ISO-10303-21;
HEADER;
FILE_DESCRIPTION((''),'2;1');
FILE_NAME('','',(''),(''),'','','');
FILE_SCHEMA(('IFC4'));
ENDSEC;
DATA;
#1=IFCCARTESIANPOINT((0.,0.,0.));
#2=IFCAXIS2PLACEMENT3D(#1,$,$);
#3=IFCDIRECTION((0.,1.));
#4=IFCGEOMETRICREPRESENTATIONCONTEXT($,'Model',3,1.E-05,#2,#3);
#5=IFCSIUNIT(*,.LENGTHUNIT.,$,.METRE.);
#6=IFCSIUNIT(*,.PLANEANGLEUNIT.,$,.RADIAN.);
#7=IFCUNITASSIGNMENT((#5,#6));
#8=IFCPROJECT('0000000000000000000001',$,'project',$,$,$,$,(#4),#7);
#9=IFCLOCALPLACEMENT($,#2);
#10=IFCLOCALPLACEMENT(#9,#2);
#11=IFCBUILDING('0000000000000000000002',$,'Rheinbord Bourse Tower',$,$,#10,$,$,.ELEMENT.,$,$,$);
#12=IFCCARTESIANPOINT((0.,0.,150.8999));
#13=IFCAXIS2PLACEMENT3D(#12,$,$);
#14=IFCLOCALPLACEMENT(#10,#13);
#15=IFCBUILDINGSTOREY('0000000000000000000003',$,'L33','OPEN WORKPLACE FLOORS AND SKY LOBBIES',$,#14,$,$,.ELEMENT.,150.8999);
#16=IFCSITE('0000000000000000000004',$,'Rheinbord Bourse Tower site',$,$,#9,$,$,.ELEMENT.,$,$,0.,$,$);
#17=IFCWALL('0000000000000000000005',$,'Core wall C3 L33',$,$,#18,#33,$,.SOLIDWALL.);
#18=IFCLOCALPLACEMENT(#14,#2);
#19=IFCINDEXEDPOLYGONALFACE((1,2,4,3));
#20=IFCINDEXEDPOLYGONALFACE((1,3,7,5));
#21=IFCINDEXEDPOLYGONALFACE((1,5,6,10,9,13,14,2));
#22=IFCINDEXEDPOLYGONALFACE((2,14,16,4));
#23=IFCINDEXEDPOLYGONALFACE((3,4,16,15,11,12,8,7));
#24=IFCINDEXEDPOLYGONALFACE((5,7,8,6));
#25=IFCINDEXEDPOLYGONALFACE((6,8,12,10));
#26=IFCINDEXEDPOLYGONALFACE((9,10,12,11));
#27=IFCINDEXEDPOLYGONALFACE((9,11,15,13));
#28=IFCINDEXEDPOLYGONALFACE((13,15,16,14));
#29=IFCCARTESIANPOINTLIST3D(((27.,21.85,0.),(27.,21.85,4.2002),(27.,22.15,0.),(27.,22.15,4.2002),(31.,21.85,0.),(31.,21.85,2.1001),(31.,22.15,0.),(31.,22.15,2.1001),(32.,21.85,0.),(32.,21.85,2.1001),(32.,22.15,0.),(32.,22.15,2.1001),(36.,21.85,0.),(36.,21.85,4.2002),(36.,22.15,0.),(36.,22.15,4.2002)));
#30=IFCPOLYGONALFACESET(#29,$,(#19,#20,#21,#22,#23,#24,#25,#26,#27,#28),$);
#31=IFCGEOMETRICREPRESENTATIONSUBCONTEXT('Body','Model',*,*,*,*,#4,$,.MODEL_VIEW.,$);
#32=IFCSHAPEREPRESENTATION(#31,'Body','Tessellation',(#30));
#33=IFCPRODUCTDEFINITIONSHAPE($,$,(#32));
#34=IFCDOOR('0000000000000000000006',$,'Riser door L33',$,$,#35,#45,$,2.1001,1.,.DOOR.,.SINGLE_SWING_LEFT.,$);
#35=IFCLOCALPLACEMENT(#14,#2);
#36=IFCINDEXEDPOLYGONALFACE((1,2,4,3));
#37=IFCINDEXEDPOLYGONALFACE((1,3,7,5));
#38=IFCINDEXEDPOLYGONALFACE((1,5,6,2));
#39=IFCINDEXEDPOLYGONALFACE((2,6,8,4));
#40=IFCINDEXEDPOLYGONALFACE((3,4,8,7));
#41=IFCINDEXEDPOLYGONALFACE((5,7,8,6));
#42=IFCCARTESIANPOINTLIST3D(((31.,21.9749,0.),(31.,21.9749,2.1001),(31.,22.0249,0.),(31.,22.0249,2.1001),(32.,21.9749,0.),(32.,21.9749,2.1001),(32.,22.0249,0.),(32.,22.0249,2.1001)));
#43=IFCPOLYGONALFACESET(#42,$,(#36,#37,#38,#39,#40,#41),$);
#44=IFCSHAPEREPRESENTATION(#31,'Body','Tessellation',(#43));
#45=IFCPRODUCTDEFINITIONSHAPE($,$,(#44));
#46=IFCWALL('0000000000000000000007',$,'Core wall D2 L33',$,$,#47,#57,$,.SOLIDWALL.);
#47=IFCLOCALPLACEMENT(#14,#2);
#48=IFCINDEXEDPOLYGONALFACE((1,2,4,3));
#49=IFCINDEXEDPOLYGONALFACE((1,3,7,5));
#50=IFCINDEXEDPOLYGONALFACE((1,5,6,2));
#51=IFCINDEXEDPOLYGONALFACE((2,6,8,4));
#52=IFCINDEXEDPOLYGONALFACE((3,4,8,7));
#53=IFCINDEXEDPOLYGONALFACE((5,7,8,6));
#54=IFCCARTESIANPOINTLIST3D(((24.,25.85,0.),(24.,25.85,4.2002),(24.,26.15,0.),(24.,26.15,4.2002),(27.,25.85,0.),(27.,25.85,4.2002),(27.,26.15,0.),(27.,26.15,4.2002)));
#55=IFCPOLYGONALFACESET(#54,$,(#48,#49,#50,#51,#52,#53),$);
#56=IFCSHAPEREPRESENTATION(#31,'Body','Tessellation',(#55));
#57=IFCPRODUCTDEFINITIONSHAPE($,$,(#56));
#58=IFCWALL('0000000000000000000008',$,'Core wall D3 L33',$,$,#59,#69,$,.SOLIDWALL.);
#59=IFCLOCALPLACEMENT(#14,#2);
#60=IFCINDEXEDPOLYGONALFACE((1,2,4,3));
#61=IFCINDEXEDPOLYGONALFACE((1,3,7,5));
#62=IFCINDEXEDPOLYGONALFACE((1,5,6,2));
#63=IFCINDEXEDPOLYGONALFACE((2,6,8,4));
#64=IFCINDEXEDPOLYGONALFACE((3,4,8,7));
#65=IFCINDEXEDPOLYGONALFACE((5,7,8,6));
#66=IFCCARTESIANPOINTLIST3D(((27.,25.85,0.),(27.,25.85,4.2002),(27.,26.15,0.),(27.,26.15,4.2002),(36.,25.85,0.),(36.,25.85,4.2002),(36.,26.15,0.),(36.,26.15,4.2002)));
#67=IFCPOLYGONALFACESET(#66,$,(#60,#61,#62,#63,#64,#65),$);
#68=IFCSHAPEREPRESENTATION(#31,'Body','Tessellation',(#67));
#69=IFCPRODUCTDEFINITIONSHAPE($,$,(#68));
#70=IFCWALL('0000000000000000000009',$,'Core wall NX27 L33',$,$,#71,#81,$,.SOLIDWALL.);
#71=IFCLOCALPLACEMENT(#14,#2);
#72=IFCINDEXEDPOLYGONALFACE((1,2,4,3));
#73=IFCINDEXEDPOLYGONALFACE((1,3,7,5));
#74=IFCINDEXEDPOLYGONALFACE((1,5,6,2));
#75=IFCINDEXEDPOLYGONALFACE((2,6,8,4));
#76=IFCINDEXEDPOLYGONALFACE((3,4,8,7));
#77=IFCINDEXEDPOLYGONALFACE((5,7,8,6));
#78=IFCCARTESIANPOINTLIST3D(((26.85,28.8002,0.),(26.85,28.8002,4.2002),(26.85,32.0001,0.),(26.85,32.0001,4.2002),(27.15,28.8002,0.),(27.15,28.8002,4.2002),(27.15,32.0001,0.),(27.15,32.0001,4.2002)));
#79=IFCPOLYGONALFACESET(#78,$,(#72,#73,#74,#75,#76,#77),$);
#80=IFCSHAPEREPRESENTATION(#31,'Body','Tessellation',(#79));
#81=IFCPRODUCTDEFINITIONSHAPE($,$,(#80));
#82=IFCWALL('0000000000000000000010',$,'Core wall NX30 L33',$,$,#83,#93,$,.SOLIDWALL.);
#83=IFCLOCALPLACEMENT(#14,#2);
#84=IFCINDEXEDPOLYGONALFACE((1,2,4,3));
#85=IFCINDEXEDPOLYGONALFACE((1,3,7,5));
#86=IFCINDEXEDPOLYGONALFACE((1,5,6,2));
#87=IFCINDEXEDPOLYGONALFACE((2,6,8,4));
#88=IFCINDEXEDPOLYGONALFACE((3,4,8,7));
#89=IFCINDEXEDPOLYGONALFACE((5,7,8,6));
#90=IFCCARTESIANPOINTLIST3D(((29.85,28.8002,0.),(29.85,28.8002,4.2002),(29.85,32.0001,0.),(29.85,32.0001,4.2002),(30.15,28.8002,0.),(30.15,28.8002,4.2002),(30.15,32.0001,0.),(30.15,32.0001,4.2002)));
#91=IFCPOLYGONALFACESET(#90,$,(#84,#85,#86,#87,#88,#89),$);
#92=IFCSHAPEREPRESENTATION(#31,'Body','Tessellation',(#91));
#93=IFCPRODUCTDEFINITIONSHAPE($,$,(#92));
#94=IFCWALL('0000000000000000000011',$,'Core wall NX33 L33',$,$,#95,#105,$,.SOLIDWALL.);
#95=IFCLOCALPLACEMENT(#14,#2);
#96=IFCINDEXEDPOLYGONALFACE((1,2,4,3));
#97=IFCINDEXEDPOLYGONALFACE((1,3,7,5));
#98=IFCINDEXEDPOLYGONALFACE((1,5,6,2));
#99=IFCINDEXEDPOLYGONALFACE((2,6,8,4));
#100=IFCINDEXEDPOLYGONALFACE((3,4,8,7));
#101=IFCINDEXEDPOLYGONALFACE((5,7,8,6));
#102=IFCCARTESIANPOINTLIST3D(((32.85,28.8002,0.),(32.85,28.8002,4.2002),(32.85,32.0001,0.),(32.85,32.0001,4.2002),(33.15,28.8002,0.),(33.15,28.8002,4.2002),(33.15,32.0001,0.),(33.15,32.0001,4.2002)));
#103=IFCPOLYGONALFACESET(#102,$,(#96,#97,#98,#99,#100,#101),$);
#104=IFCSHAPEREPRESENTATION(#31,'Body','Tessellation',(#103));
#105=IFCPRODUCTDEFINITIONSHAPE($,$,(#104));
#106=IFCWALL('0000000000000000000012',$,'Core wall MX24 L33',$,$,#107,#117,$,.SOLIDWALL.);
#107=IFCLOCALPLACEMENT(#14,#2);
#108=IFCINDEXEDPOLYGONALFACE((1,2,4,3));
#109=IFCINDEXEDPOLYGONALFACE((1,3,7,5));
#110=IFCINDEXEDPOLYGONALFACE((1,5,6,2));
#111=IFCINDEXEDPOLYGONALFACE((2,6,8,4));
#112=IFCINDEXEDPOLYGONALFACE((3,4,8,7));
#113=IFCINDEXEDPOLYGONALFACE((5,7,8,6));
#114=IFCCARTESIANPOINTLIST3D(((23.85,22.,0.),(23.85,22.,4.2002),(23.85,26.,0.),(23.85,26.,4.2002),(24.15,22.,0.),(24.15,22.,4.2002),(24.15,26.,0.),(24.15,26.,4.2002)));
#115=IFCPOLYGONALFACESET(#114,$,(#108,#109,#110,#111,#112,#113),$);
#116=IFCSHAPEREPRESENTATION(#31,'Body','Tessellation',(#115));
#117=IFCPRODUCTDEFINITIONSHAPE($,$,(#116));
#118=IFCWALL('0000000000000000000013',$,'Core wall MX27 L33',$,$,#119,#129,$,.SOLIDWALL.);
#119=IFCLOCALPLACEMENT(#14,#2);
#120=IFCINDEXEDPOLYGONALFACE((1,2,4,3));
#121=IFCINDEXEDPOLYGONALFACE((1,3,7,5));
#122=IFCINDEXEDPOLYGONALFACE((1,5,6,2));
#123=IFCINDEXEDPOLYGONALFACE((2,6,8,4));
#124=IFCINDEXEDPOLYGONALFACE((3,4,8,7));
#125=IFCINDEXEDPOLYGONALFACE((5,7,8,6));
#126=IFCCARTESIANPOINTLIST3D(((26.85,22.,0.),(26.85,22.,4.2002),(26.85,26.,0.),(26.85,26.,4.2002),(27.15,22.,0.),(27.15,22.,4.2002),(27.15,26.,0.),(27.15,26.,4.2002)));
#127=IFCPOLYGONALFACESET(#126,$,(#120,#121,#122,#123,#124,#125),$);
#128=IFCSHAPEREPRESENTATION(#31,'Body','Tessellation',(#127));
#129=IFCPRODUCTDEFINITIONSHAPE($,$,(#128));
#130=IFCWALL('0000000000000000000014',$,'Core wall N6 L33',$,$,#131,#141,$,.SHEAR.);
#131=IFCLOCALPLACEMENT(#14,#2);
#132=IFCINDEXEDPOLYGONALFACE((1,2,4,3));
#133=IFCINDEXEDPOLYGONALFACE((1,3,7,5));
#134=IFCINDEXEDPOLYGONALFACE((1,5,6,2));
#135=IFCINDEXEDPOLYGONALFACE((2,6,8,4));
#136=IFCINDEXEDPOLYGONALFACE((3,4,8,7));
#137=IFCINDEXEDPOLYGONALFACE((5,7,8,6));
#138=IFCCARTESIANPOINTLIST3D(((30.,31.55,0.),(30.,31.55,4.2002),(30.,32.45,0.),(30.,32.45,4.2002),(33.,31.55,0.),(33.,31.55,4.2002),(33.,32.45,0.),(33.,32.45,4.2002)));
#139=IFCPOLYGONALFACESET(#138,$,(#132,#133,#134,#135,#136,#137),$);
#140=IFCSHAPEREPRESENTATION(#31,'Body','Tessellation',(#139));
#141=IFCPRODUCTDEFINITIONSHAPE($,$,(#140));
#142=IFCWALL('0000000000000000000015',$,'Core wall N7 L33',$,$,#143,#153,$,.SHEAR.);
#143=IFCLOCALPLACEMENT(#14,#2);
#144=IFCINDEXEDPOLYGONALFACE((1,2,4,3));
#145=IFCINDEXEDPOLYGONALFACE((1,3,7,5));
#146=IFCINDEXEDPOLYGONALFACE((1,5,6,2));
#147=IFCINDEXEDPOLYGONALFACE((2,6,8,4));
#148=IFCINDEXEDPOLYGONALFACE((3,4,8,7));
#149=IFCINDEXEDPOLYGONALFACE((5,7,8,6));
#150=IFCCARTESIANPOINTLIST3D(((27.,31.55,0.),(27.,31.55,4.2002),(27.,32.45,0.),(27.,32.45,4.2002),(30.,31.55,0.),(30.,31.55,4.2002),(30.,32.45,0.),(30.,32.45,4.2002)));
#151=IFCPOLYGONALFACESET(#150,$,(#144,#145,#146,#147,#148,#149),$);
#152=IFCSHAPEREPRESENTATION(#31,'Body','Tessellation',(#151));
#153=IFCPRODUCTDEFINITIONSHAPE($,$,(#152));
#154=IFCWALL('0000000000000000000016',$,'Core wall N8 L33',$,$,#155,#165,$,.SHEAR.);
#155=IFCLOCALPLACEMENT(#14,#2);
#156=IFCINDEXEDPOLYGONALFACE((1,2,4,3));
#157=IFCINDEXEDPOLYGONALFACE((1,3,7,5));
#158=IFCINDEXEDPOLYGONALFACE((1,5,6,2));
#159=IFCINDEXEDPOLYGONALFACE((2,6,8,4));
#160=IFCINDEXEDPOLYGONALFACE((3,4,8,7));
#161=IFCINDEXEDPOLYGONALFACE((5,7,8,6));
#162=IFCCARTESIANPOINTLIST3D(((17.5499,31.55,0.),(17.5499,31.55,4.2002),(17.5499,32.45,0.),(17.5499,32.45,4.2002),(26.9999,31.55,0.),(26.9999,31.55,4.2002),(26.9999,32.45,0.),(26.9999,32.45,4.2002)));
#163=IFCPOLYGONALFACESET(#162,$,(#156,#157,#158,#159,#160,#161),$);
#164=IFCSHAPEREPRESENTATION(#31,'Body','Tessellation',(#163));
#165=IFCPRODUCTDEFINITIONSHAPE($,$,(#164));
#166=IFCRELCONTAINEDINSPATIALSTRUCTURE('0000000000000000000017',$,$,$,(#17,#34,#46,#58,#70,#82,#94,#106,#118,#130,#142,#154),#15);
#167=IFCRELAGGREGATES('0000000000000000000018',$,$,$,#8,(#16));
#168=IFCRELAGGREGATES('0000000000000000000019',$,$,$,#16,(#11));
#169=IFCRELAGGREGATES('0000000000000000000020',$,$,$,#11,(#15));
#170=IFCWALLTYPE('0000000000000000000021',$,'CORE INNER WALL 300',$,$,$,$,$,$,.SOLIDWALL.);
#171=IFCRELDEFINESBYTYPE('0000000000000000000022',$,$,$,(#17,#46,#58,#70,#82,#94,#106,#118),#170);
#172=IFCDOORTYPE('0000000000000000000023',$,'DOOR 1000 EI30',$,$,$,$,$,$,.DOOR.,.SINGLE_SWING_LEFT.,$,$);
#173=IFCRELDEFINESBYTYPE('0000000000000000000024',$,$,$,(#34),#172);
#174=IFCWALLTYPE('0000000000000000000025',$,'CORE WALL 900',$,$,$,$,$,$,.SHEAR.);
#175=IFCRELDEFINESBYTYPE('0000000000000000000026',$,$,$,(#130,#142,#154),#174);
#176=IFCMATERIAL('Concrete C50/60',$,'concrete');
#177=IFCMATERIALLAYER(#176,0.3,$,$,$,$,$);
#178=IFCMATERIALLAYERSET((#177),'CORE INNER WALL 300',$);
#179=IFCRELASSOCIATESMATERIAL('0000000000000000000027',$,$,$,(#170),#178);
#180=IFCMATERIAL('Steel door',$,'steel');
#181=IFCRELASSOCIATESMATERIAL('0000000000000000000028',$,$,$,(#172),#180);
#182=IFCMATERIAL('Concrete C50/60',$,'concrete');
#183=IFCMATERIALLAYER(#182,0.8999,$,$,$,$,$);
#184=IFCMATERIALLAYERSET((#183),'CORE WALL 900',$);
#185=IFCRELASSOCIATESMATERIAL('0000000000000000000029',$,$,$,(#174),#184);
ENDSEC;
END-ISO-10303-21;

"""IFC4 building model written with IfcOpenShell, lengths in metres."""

from ifc_helpers import new_model, si_unit, direction, frame, frame_2d, origin, place, context, subcontext, project, spatial, rectangle, extrude, material, layer, layer_set, type_object, element, fill, save


model = new_model("IFC4")

# Units and contexts
model_context = context("Model", 3, precision=1e-05, world=origin(), true_north=direction((0.0, 1.0)))
body_context = subcontext(model_context, "Body", "Model", "MODEL_VIEW")
ifc_project = project(units=[si_unit("LENGTHUNIT", "METRE"), si_unit("PLANEANGLEUNIT", "RADIAN")], contexts=[model_context])

# Site, building, storey
site_placement = place(None, origin())
site = spatial("IfcSite", under=ifc_project, at=site_placement, Name="Rheinbord Bourse Tower site", CompositionType="ELEMENT", RefElevation=0.0)
building_placement = place(site_placement, origin())
building = spatial("IfcBuilding", under=site, at=building_placement, Name="Rheinbord Bourse Tower", CompositionType="ELEMENT")
storey_placement = place(building_placement, frame((0.0, 0.0, 150.8999)))
storey = spatial("IfcBuildingStorey", under=building, at=storey_placement, Name="L33", Description="OPEN WORKPLACE FLOORS AND SKY LOBBIES", CompositionType="ELEMENT", Elevation=150.8999)

# Wall, opening, door
ifc_material_1 = material(Name="Concrete C50/60", Category="concrete")
ifc_layer_1 = layer(ifc_material_1, 0.3)
ifc_layer_set_1 = layer_set([ifc_layer_1], Name="CORE INNER WALL 300")
wall_type_1 = type_object("IfcWallType", Name="CORE INNER WALL 300", PredefinedType="SOLIDWALL", material=ifc_layer_set_1)
wall_1_placement = place(storey_placement, frame((27.0, 22.0, 0.0), z_axis=(0.0, 0.0, 1.0), x_axis=(1.0, 0.0, 0.0)))
wall_1 = element("IfcWall", 1, at=wall_1_placement, inside=storey, type_object=wall_type_1, Name="Core wall C3 L33", PredefinedType="SOLIDWALL", context=body_context, shape_type="SweptSolid", body=[
    extrude(rectangle(XDim=9.0, YDim=0.3, at=frame_2d((4.5, 0.0))), origin(), (0.0, 0.0, 1.0), 4.2002),
])
opening_1_placement = place(wall_1_placement, frame((4.0, 0.0, 0.0)))
opening_1 = element("IfcOpeningElement", 2, at=opening_1_placement, cuts=wall_1, PredefinedType="OPENING", context=body_context, shape_type="SweptSolid", body=[
    extrude(rectangle(XDim=1.0, YDim=2.1001, at=frame_2d((0.5, 1.05))), frame((0.0, 0.1599, 0.0), z_axis=(0.0, -1.0, 0.0), x_axis=(1.0, 0.0, 0.0)), (0.0, 0.0, 1.0), 0.3201),
])
ifc_material_2 = material(Name="Steel door", Category="steel")
door_type_1 = type_object("IfcDoorType", Name="DOOR 1000 EI30", OperationType="SINGLE_SWING_LEFT", PredefinedType="DOOR", material=ifc_material_2)
door_1_placement = place(opening_1_placement, origin())
door_1 = element("IfcDoor", 3, at=door_1_placement, inside=storey, type_object=door_type_1, Name="Riser door L33", OperationType="SINGLE_SWING_LEFT", OverallHeight=2.1001, OverallWidth=1.0, PredefinedType="DOOR", context=body_context, shape_type="SweptSolid", body=[
    extrude(rectangle(XDim=1.0, YDim=2.1001, at=frame_2d((0.5, 1.05))), frame((0.0, 0.0249, 0.0), z_axis=(0.0, -1.0, 0.0), x_axis=(1.0, 0.0, 0.0)), (0.0, 0.0, 1.0), 0.05),
])
fill(opening_1, door_1)

# Walls
wall_2_placement = place(storey_placement, frame((24.0, 26.0, 0.0), z_axis=(0.0, 0.0, 1.0), x_axis=(1.0, 0.0, 0.0)))
element("IfcWall", 4, at=wall_2_placement, inside=storey, type_object=wall_type_1, Name="Core wall D2 L33", PredefinedType="SOLIDWALL", context=body_context, shape_type="SweptSolid", body=[
    extrude(rectangle(XDim=3.0, YDim=0.3, at=frame_2d((1.5, 0.0))), origin(), (0.0, 0.0, 1.0), 4.2002),
])
wall_3_placement = place(storey_placement, frame((27.0, 26.0, 0.0), z_axis=(0.0, 0.0, 1.0), x_axis=(1.0, 0.0, 0.0)))
element("IfcWall", 5, at=wall_3_placement, inside=storey, type_object=wall_type_1, Name="Core wall D3 L33", PredefinedType="SOLIDWALL", context=body_context, shape_type="SweptSolid", body=[
    extrude(rectangle(XDim=9.0, YDim=0.3, at=frame_2d((4.5, 0.0))), origin(), (0.0, 0.0, 1.0), 4.2002),
])
for number, where, z_axis, x_axis, name in (
    (6, (27.0, 28.8, 0.0), (0.0, 0.0, 1.0), (0.0, 1.0, 0.0), "Core wall NX27 L33"),
    (7, (30.0, 28.8, 0.0), (0.0, 0.0, 1.0), (0.0, 1.0, 0.0), "Core wall NX30 L33"),
    (8, (33.0, 28.8, 0.0), (0.0, 0.0, 1.0), (0.0, 1.0, 0.0), "Core wall NX33 L33"),
):
    element("IfcWall", number, at=place(storey_placement, frame(where, z_axis=z_axis, x_axis=x_axis)), inside=storey, type_object=wall_type_1, Name=name, PredefinedType="SOLIDWALL", context=body_context, shape_type="SweptSolid", body=[
        extrude(rectangle(XDim=3.2, YDim=0.3, at=frame_2d((1.6001, 0.0))), origin(), (0.0, 0.0, 1.0), 4.2002),
    ])
for number, where, z_axis, x_axis, name in (
    (9, (24.0, 22.0, 0.0), (0.0, 0.0, 1.0), (0.0, 1.0, 0.0), "Core wall MX24 L33"),
    (10, (27.0, 22.0, 0.0), (0.0, 0.0, 1.0), (0.0, 1.0, 0.0), "Core wall MX27 L33"),
):
    element("IfcWall", number, at=place(storey_placement, frame(where, z_axis=z_axis, x_axis=x_axis)), inside=storey, type_object=wall_type_1, Name=name, PredefinedType="SOLIDWALL", context=body_context, shape_type="SweptSolid", body=[
        extrude(rectangle(XDim=4.0, YDim=0.3, at=frame_2d((2.0, 0.0))), origin(), (0.0, 0.0, 1.0), 4.2002),
    ])
ifc_material_3 = material(Name="Concrete C50/60", Category="concrete")
ifc_layer_2 = layer(ifc_material_3, 0.8999)
ifc_layer_set_2 = layer_set([ifc_layer_2], Name="CORE WALL 900")
wall_type_2 = type_object("IfcWallType", Name="CORE WALL 900", PredefinedType="SHEAR", material=ifc_layer_set_2)
for number, where, z_axis, x_axis, name in (
    (11, (33.0, 32.0, 0.0), (0.0, 0.0, 1.0), (-1.0, 0.0, 0.0), "Core wall N6 L33"),
    (12, (30.0, 32.0, 0.0), (0.0, 0.0, 1.0), (-1.0, 0.0, 0.0), "Core wall N7 L33"),
):
    element("IfcWall", number, at=place(storey_placement, frame(where, z_axis=z_axis, x_axis=x_axis)), inside=storey, type_object=wall_type_2, Name=name, PredefinedType="SHEAR", context=body_context, shape_type="SweptSolid", body=[
        extrude(rectangle(XDim=3.0, YDim=0.8999, at=frame_2d((1.5, 0.0))), origin(), (0.0, 0.0, 1.0), 4.2002),
    ])
wall_4_placement = place(storey_placement, frame((27.0, 32.0, 0.0), z_axis=(0.0, 0.0, 1.0), x_axis=(-1.0, 0.0, 0.0)))
element("IfcWall", 13, at=wall_4_placement, inside=storey, type_object=wall_type_2, Name="Core wall N8 L33", PredefinedType="SHEAR", context=body_context, shape_type="SweptSolid", body=[
    extrude(rectangle(XDim=9.45, YDim=0.8999, at=frame_2d((4.7251, 0.0))), origin(), (0.0, 0.0, 1.0), 4.2002),
])

save(model, "model.ifc")
